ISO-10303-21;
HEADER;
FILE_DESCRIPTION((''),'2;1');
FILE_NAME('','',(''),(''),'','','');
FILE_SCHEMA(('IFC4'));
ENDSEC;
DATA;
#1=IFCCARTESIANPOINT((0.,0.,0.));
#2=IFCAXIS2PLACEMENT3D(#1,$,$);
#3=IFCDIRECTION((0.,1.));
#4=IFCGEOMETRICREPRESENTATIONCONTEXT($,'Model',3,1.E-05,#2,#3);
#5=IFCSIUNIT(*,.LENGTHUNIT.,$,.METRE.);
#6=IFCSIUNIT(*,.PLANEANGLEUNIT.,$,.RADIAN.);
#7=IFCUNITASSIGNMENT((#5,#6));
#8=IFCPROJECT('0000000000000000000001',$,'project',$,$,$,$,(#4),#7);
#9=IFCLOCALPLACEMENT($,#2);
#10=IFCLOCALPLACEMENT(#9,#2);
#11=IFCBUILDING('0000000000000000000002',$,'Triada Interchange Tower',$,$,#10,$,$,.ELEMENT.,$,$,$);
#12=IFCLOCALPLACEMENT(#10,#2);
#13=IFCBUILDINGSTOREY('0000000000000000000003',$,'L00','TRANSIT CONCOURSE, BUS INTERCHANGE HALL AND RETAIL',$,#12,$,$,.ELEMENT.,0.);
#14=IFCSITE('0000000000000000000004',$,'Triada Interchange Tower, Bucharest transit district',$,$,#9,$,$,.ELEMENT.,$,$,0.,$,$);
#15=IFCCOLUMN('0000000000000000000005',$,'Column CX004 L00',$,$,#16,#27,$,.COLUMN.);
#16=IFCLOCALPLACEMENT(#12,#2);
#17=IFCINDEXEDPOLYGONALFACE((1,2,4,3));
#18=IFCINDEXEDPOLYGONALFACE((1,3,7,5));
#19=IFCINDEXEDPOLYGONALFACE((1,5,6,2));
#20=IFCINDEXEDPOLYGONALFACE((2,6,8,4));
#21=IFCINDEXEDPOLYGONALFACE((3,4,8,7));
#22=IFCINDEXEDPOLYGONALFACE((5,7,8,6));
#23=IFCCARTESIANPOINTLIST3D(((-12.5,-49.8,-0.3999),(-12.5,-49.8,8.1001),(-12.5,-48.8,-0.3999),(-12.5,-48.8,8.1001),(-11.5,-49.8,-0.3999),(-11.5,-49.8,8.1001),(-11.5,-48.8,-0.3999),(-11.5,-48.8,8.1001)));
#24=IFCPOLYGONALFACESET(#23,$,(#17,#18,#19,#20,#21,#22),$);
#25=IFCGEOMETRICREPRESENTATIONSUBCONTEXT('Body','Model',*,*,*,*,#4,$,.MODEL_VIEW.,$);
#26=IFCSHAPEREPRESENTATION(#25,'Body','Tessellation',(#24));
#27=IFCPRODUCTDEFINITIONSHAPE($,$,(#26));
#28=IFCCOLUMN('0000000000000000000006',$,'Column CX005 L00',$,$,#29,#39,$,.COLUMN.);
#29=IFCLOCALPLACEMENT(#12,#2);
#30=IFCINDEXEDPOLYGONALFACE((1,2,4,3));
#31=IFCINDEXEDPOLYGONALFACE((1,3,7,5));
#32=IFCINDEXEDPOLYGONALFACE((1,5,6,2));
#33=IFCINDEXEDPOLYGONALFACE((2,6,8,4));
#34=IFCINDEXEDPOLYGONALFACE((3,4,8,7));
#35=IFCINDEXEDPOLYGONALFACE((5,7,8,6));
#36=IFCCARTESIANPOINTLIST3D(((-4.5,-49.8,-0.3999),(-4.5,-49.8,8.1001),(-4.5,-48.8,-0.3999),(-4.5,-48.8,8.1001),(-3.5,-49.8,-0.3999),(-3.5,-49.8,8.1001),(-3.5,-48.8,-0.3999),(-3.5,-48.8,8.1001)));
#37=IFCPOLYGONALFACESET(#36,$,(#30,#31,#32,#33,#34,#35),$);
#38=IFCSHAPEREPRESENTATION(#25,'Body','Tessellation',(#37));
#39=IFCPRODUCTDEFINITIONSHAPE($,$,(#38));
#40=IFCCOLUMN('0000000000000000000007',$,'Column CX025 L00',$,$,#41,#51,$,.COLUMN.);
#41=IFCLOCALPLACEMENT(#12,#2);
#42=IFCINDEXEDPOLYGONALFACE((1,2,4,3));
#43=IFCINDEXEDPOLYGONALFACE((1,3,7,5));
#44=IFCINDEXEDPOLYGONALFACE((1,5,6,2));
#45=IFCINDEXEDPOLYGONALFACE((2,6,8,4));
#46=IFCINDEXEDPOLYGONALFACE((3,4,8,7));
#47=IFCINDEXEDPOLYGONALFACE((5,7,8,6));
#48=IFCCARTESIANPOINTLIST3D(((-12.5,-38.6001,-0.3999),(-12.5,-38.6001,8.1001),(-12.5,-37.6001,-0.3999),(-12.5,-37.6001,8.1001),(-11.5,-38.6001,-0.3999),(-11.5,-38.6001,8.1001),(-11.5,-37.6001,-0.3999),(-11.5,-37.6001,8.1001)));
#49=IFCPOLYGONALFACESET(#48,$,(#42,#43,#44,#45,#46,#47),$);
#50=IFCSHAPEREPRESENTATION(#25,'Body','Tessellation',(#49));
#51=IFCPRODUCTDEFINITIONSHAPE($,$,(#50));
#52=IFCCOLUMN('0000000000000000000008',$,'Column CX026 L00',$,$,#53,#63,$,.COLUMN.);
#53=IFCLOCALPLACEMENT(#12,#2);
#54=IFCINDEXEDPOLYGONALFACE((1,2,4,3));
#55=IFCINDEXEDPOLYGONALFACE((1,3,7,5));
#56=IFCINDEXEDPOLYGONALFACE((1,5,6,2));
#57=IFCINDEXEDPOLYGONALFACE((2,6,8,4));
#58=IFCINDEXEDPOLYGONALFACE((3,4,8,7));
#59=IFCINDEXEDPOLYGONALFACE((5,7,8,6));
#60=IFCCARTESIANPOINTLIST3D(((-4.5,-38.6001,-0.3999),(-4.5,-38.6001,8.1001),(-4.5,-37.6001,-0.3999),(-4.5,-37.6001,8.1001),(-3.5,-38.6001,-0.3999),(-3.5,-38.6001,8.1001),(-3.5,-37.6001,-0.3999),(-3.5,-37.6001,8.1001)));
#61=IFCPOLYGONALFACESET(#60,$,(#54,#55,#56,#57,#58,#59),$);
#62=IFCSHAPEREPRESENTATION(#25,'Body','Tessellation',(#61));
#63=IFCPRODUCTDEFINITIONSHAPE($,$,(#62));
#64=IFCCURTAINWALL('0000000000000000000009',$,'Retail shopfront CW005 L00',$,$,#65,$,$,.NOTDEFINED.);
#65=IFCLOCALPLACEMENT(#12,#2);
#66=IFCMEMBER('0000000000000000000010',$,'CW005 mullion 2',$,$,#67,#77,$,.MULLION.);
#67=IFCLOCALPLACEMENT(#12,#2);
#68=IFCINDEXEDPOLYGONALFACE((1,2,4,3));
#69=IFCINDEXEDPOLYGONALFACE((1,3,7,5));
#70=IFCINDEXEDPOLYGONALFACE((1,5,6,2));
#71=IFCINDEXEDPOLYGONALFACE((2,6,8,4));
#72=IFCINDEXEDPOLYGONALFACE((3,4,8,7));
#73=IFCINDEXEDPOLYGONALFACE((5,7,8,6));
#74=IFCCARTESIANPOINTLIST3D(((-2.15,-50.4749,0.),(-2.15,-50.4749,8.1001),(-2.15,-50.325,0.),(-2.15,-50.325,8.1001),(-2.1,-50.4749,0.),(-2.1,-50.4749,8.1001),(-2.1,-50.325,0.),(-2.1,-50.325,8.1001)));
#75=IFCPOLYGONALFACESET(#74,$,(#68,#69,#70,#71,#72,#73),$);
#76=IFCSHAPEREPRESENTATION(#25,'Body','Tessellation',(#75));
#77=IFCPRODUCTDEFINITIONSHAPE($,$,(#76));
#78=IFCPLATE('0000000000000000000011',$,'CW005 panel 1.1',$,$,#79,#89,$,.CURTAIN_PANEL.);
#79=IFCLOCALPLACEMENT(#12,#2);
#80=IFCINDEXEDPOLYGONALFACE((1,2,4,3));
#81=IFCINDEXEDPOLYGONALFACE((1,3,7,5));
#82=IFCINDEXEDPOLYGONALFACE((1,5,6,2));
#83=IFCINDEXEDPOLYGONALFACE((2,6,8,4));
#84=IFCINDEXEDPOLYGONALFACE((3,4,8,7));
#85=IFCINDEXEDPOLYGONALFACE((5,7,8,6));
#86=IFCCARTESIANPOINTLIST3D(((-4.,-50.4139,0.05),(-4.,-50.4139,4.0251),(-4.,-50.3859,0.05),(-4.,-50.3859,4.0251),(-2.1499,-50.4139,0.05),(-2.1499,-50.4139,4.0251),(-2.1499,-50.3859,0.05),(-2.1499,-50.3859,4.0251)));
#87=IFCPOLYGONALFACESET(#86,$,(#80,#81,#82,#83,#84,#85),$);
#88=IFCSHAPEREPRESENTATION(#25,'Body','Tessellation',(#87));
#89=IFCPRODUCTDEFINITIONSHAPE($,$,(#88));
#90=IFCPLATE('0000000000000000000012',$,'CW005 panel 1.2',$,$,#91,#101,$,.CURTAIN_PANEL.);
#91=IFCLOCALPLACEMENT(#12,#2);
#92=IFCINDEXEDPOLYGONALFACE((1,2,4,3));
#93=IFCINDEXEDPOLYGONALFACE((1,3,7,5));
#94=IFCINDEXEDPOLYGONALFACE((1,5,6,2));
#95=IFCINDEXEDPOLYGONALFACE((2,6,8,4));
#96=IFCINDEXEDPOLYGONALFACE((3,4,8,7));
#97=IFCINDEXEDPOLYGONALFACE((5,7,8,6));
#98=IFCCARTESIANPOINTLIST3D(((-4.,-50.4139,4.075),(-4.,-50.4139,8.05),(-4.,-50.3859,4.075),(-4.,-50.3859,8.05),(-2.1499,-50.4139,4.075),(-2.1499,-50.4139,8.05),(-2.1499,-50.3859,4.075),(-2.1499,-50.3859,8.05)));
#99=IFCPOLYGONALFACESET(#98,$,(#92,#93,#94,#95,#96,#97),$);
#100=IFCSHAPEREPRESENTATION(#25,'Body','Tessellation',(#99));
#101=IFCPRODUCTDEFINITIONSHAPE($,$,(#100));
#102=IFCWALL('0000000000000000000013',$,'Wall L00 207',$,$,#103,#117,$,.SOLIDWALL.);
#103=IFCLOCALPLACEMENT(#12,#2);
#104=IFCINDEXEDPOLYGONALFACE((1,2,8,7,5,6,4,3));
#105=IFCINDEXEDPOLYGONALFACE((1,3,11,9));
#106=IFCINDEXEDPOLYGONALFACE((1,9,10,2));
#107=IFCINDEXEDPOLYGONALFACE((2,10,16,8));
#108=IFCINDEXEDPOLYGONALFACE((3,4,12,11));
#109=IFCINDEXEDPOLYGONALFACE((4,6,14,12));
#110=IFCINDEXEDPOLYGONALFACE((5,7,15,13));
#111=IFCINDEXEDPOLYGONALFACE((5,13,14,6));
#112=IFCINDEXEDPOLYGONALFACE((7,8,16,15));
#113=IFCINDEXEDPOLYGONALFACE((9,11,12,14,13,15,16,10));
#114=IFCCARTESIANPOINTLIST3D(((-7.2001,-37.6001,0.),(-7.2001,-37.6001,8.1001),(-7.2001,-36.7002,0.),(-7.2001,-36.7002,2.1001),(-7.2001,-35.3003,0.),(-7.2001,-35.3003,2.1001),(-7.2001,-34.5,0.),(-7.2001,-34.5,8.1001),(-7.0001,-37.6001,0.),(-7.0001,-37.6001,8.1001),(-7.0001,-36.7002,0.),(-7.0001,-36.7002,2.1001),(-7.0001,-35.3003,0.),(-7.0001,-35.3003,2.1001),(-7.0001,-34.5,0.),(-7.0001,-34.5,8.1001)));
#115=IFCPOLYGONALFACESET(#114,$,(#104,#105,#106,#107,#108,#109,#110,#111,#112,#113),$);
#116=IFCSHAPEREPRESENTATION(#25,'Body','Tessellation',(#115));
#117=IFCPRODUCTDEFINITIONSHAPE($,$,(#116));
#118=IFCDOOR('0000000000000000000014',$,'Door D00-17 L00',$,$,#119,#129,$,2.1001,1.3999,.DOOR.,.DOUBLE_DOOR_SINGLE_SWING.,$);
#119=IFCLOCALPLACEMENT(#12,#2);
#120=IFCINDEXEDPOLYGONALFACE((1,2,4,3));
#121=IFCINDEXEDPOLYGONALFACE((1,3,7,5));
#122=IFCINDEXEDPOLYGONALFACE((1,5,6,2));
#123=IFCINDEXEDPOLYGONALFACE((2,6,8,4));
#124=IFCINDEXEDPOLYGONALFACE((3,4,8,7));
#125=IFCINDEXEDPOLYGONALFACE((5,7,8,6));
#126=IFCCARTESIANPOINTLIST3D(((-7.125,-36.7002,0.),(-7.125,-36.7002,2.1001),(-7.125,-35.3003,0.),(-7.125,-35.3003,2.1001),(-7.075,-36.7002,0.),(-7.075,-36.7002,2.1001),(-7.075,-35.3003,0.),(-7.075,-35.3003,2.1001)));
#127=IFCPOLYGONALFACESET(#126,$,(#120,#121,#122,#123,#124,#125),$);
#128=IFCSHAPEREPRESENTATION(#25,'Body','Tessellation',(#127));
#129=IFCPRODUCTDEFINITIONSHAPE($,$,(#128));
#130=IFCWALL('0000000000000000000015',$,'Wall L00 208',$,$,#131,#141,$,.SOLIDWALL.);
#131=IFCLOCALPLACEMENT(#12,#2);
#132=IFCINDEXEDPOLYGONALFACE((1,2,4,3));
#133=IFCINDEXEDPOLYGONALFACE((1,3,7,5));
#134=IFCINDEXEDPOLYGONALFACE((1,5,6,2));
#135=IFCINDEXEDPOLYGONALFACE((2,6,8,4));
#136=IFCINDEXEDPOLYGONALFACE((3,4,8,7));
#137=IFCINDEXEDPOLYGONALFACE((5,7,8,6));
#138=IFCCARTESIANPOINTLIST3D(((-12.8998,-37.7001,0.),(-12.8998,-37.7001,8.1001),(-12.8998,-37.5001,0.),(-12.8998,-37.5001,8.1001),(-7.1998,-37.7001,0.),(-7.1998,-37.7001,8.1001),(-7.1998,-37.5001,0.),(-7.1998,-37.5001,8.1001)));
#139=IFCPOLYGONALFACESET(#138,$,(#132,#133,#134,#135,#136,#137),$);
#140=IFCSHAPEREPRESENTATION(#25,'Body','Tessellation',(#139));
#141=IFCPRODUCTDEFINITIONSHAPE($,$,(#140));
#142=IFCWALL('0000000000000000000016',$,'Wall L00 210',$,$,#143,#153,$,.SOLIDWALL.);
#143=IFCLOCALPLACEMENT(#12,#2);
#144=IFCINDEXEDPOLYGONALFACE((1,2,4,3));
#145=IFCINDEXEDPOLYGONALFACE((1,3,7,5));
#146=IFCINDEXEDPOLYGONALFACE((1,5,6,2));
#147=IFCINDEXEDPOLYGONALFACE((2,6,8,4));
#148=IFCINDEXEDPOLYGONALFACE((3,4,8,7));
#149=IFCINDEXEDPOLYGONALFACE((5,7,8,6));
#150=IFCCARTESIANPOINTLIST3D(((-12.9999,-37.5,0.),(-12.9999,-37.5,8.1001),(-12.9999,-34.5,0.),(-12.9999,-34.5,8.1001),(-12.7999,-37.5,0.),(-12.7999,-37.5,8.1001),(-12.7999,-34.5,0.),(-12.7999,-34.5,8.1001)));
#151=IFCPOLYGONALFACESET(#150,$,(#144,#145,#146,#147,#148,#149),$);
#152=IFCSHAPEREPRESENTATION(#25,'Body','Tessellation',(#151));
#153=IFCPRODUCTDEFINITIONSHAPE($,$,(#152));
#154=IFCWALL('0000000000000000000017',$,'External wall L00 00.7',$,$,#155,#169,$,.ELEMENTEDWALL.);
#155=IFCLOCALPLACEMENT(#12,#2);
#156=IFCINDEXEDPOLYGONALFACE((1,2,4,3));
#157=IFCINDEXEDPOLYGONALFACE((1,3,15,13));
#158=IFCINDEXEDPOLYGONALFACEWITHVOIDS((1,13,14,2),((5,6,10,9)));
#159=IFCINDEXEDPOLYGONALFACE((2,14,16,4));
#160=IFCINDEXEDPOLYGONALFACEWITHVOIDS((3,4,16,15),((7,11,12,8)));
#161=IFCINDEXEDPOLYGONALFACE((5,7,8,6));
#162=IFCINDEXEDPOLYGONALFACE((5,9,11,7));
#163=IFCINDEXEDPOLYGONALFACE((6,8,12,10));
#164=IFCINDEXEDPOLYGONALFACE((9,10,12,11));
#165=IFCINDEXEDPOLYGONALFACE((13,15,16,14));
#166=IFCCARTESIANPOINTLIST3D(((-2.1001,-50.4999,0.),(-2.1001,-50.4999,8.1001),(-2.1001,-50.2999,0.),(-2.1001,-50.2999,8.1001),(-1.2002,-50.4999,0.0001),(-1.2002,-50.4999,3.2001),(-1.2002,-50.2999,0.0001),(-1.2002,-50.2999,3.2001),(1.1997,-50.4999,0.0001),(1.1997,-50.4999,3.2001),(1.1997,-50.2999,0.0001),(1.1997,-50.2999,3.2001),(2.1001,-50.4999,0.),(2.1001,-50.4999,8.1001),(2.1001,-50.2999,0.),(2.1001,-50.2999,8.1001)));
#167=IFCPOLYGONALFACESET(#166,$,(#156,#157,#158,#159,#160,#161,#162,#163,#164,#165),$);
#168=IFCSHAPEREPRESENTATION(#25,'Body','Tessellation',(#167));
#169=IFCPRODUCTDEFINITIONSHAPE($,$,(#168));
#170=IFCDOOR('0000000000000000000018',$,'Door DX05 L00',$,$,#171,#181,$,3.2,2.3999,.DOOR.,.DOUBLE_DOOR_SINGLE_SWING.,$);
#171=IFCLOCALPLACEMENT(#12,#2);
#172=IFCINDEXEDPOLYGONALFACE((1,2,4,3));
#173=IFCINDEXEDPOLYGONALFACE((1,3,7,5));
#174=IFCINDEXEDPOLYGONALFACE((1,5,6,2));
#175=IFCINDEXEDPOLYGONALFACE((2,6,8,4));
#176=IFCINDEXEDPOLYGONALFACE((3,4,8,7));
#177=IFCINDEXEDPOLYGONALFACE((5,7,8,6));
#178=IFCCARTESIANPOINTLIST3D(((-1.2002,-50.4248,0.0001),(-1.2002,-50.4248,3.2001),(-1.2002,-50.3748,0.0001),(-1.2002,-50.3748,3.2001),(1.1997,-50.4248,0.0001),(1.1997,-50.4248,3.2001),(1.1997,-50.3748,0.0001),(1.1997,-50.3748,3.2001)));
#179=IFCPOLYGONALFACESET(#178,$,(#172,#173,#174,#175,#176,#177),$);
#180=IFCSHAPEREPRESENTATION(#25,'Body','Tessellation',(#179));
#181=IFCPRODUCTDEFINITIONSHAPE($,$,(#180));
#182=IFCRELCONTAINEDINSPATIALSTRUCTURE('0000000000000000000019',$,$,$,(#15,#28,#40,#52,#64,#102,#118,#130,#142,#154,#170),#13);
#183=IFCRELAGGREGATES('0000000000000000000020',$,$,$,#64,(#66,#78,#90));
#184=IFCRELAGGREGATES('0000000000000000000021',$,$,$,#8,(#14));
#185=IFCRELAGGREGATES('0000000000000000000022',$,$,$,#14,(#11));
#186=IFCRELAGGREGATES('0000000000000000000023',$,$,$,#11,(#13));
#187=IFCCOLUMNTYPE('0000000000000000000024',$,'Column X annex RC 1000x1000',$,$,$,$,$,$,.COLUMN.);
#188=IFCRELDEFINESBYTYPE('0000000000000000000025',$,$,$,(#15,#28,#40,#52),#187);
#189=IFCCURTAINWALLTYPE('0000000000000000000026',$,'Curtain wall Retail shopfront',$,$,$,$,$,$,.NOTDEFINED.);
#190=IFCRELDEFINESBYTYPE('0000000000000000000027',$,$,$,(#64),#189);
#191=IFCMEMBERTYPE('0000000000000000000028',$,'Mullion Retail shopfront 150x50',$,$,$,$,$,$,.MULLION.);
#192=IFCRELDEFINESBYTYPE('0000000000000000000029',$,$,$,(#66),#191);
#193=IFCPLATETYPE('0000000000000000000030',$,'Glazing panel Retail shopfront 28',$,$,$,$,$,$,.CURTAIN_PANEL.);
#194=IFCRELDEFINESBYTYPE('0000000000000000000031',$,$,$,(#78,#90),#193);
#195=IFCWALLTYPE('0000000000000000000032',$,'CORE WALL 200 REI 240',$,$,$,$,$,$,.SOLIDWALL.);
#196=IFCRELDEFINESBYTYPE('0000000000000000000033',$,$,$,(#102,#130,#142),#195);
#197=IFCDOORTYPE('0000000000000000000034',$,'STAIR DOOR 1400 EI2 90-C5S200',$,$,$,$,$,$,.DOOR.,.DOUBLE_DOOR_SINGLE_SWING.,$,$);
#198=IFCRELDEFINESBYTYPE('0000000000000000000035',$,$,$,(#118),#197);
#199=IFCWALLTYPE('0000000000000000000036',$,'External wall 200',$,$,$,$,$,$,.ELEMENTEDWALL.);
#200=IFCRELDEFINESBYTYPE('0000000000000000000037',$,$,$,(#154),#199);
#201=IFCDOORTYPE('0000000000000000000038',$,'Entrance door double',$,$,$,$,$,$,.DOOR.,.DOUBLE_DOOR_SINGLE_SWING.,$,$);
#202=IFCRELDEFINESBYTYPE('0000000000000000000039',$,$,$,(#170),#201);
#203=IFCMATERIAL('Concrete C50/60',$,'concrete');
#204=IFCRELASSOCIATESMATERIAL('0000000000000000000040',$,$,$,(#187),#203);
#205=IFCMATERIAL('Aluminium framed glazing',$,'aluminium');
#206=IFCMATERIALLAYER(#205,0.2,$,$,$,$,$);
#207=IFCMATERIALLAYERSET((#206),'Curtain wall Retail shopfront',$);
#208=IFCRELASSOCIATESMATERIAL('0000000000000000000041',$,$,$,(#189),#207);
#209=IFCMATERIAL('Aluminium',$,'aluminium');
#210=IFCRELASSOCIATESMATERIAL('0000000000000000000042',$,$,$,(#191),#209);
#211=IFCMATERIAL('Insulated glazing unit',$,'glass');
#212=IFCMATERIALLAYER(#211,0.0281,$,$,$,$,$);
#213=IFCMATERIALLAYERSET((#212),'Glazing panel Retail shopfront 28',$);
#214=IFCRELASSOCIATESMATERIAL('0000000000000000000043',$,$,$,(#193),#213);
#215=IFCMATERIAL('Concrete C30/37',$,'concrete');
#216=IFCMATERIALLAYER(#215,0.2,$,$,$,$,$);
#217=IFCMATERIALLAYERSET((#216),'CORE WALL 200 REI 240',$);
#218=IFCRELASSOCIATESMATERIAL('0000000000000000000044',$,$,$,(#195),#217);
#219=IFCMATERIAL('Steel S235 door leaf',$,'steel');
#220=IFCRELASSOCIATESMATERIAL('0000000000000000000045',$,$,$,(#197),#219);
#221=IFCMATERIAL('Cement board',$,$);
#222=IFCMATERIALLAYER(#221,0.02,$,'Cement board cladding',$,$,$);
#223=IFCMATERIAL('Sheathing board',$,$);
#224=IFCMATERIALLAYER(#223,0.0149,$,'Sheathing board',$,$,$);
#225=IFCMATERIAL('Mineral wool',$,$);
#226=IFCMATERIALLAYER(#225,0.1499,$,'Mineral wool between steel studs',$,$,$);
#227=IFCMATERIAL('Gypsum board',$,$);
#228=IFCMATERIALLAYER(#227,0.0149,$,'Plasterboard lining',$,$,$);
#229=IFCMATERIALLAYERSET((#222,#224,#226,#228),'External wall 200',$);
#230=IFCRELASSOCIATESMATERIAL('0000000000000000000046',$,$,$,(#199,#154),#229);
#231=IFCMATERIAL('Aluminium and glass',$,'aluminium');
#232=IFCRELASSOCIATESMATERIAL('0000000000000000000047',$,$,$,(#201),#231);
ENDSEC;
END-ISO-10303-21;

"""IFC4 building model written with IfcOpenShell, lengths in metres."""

from ifc_helpers import new_model, si_unit, direction, frame, frame_2d, origin, origin_2d, place, context, subcontext, project, spatial, rectangle, extrude, material, layer, layer_set, layer_usage, material_profile, profile_set, type_object, element, fill, aggregate, save


model = new_model("IFC4")

# Units and contexts
model_context = context("Model", 3, precision=1e-05, world=origin(), true_north=direction((0.0, 1.0)))
body_context = subcontext(model_context, "Body", "Model", "MODEL_VIEW")
ifc_project = project(units=[si_unit("LENGTHUNIT", "METRE"), si_unit("PLANEANGLEUNIT", "RADIAN")], contexts=[model_context])

# Site, building, storey
site_placement = place(None, origin())
site = spatial("IfcSite", under=ifc_project, at=site_placement, Name="Triada Interchange Tower, Bucharest transit district", CompositionType="ELEMENT", RefElevation=0.0)
building_placement = place(site_placement, origin())
building = spatial("IfcBuilding", under=site, at=building_placement, Name="Triada Interchange Tower", CompositionType="ELEMENT")
storey_placement = place(building_placement, origin())
storey = spatial("IfcBuildingStorey", under=building, at=storey_placement, Name="L00", Description="TRANSIT CONCOURSE, BUS INTERCHANGE HALL AND RETAIL", CompositionType="ELEMENT", Elevation=0.0)

# Columns
ifc_material_1 = material(Name="Concrete C50/60", Category="concrete")
ifc_material_profile_1 = material_profile(ifc_material_1, rectangle(XDim=1.0, YDim=1.0, at=origin_2d()), Name="RC 1000x1000")
ifc_profile_set_1 = profile_set([ifc_material_profile_1], Name="Concrete C50/60")
column_type = type_object("IfcColumnType", Name="Column X annex RC 1000x1000", PredefinedType="COLUMN", material=ifc_profile_set_1)
for number, where, z_axis, x_axis, name in (
    (1, (-12.0, -49.3, -0.3999), (0.0, 0.0, 1.0), (1.0, 0.0, 0.0), "Column CX004 L00"),
    (2, (-4.0, -49.3, -0.3999), (0.0, 0.0, 1.0), (1.0, 0.0, 0.0), "Column CX005 L00"),
    (3, (-12.0, -38.1001, -0.3999), (0.0, 0.0, 1.0), (1.0, 0.0, 0.0), "Column CX025 L00"),
    (4, (-4.0, -38.1001, -0.3999), (0.0, 0.0, 1.0), (1.0, 0.0, 0.0), "Column CX026 L00"),
):
    element("IfcColumn", number, at=place(storey_placement, frame(where, z_axis=z_axis, x_axis=x_axis)), inside=storey, type_object=column_type, Name=name, PredefinedType="COLUMN", context=body_context, shape_type="SweptSolid", body=[
        extrude(rectangle(XDim=1.0, YDim=1.0, at=origin_2d()), origin(), (0.0, 0.0, 1.0), 8.5),
    ])

# Curtain wall, member, plates
ifc_material_2 = material(Name="Aluminium framed glazing", Category="aluminium")
ifc_layer_1 = layer(ifc_material_2, 0.2)
ifc_layer_set_1 = layer_set([ifc_layer_1], Name="Curtain wall Retail shopfront")
curtain_wall_type = type_object("IfcCurtainWallType", Name="Curtain wall Retail shopfront", PredefinedType="NOTDEFINED", material=ifc_layer_set_1)
curtain_wall_placement = place(storey_placement, origin())
curtain_wall = element("IfcCurtainWall", 5, at=curtain_wall_placement, inside=storey, type_object=curtain_wall_type, Name="Retail shopfront CW005 L00", PredefinedType="NOTDEFINED")
ifc_material_3 = material(Name="Aluminium", Category="aluminium")
ifc_material_profile_2 = material_profile(ifc_material_3, rectangle(XDim=0.1499, YDim=0.05, at=origin_2d()), Name="Aluminium mullion")
ifc_profile_set_2 = profile_set([ifc_material_profile_2], Name="Aluminium")
member_type = type_object("IfcMemberType", Name="Mullion Retail shopfront 150x50", PredefinedType="MULLION", material=ifc_profile_set_2)
member_placement = place(storey_placement, frame((-2.125, -50.3999, 0.0), z_axis=(0.0, 0.0, 1.0), x_axis=(0.0, 1.0, 0.0)))
member = element("IfcMember", 6, at=member_placement, type_object=member_type, Name="CW005 mullion 2", PredefinedType="MULLION", context=body_context, shape_type="SweptSolid", body=[
    extrude(rectangle(XDim=0.1499, YDim=0.05, at=origin_2d()), origin(), (0.0, 0.0, 1.0), 8.1001),
])
ifc_material_4 = material(Name="Insulated glazing unit", Category="glass")
ifc_layer_2 = layer(ifc_material_4, 0.0281)
ifc_layer_set_2 = layer_set([ifc_layer_2], Name="Glazing panel Retail shopfront 28")
plate_type = type_object("IfcPlateType", Name="Glazing panel Retail shopfront 28", PredefinedType="CURTAIN_PANEL", material=ifc_layer_set_2)
plate_1_placement = place(storey_placement, frame((-3.075, -50.3999, 0.05), z_axis=(0.0, 0.0, 1.0), x_axis=(1.0, 0.0, 0.0)))
plate_1 = element("IfcPlate", 7, at=plate_1_placement, type_object=plate_type, Name="CW005 panel 1.1", PredefinedType="CURTAIN_PANEL", context=body_context, shape_type="SweptSolid", body=[
    extrude(rectangle(XDim=1.8501, YDim=0.0281, at=origin_2d()), origin(), (0.0, 0.0, 1.0), 3.9751),
])
plate_2_placement = place(storey_placement, frame((-3.075, -50.3999, 4.075), z_axis=(0.0, 0.0, 1.0), x_axis=(1.0, 0.0, 0.0)))
plate_2 = element("IfcPlate", 8, at=plate_2_placement, type_object=plate_type, Name="CW005 panel 1.2", PredefinedType="CURTAIN_PANEL", context=body_context, shape_type="SweptSolid", body=[
    extrude(rectangle(XDim=1.8501, YDim=0.0281, at=origin_2d()), origin(), (0.0, 0.0, 1.0), 3.9751),
])
aggregate(curtain_wall, [member, plate_1, plate_2])

# Wall, opening, door
ifc_material_5 = material(Name="Concrete C30/37", Category="concrete")
ifc_layer_3 = layer(ifc_material_5, 0.2)
ifc_layer_set_3 = layer_set([ifc_layer_3], Name="CORE WALL 200 REI 240")
wall_type_1 = type_object("IfcWallType", Name="CORE WALL 200 REI 240", PredefinedType="SOLIDWALL", material=ifc_layer_set_3)
wall_1_placement = place(storey_placement, frame((-7.1001, -37.6001, 0.0), z_axis=(0.0, 0.0, 1.0), x_axis=(0.0, 1.0, 0.0)))
wall_1 = element("IfcWall", 9, at=wall_1_placement, inside=storey, type_object=wall_type_1, Name="Wall L00 207", PredefinedType="SOLIDWALL", context=body_context, shape_type="SweptSolid", body=[
    extrude(rectangle(XDim=3.1001, YDim=0.2, at=frame_2d((1.55, 0.0))), origin(), (0.0, 0.0, 1.0), 8.1001),
])
opening_1_placement = place(wall_1_placement, frame((0.8999, 0.0, 0.0)))
opening_1 = element("IfcOpeningElement", 10, at=opening_1_placement, cuts=wall_1, PredefinedType="OPENING", context=body_context, shape_type="SweptSolid", body=[
    extrude(rectangle(XDim=1.3999, YDim=2.1001, at=frame_2d((0.7, 1.05))), frame((0.0, 0.1099, 0.0), z_axis=(0.0, -1.0, 0.0), x_axis=(1.0, 0.0, 0.0)), (0.0, 0.0, 1.0), 0.22),
])
ifc_material_6 = material(Name="Steel S235 door leaf", Category="steel")
door_type_1 = type_object("IfcDoorType", Name="STAIR DOOR 1400 EI2 90-C5S200", OperationType="DOUBLE_DOOR_SINGLE_SWING", PredefinedType="DOOR", material=ifc_material_6)
door_1_placement = place(opening_1_placement, origin())
door_1 = element("IfcDoor", 11, at=door_1_placement, inside=storey, type_object=door_type_1, Name="Door D00-17 L00", OperationType="DOUBLE_DOOR_SINGLE_SWING", OverallHeight=2.1001, OverallWidth=1.3999, PredefinedType="DOOR", context=body_context, shape_type="SweptSolid", body=[
    extrude(rectangle(XDim=1.3999, YDim=2.1001, at=frame_2d((0.7, 1.05))), frame((0.0, 0.0249, 0.0), z_axis=(0.0, -1.0, 0.0), x_axis=(1.0, 0.0, 0.0)), (0.0, 0.0, 1.0), 0.05),
])
fill(opening_1, door_1)

# Walls
wall_2_placement = place(storey_placement, frame((-12.8999, -37.6001, 0.0), z_axis=(0.0, 0.0, 1.0), x_axis=(1.0, 0.0, 0.0)))
element("IfcWall", 12, at=wall_2_placement, inside=storey, type_object=wall_type_1, Name="Wall L00 208", PredefinedType="SOLIDWALL", context=body_context, shape_type="SweptSolid", body=[
    extrude(rectangle(XDim=5.7, YDim=0.2, at=frame_2d((2.8501, 0.0))), origin(), (0.0, 0.0, 1.0), 8.1001),
])
wall_3_placement = place(storey_placement, frame((-12.8999, -37.5, 0.0), z_axis=(0.0, 0.0, 1.0), x_axis=(0.0, 1.0, 0.0)))
element("IfcWall", 13, at=wall_3_placement, inside=storey, type_object=wall_type_1, Name="Wall L00 210", PredefinedType="SOLIDWALL", context=body_context, shape_type="SweptSolid", body=[
    extrude(rectangle(XDim=3.0, YDim=0.2, at=frame_2d((1.5, 0.0))), origin(), (0.0, 0.0, 1.0), 8.1001),
])

# Wall, opening, door
ifc_material_7 = material(Name="Cement board")
ifc_layer_4 = layer(ifc_material_7, 0.02, Name="Cement board cladding")
ifc_material_8 = material(Name="Sheathing board")
ifc_layer_5 = layer(ifc_material_8, 0.0149, Name="Sheathing board")
ifc_material_9 = material(Name="Mineral wool")
ifc_layer_6 = layer(ifc_material_9, 0.1499, Name="Mineral wool between steel studs")
ifc_material_10 = material(Name="Gypsum board")
ifc_layer_7 = layer(ifc_material_10, 0.0149, Name="Plasterboard lining")
ifc_layer_set_4 = layer_set([ifc_layer_4, ifc_layer_5, ifc_layer_6, ifc_layer_7], Name="External wall 200")
ifc_layer_usage = layer_usage(ifc_layer_set_4, "AXIS2", "POSITIVE", -0.1001)
wall_type_2 = type_object("IfcWallType", Name="External wall 200", PredefinedType="ELEMENTEDWALL", material=ifc_layer_set_4)
wall_4_placement = place(storey_placement, frame((-2.1001, -50.3999, 0.0), z_axis=(0.0, 0.0, 1.0), x_axis=(1.0, 0.0, 0.0)))
wall_4 = element("IfcWall", 14, at=wall_4_placement, inside=storey, type_object=wall_type_2, material=ifc_layer_usage, Name="External wall L00 00.7", PredefinedType="ELEMENTEDWALL", context=body_context, shape_type="SweptSolid", body=[
    extrude(rectangle(XDim=4.2002, YDim=0.2, at=frame_2d((2.1001, 0.0))), origin(), (0.0, 0.0, 1.0), 8.1001),
])
opening_2_placement = place(wall_4_placement, frame((0.8999, 0.0, 0.0)))
opening_2 = element("IfcOpeningElement", 15, at=opening_2_placement, cuts=wall_4, PredefinedType="OPENING", context=body_context, shape_type="SweptSolid", body=[
    extrude(rectangle(XDim=2.3999, YDim=3.2, at=frame_2d((1.2, 1.6001))), frame((0.0, 0.1099, 0.0), z_axis=(0.0, -1.0, 0.0), x_axis=(1.0, 0.0, 0.0)), (0.0, 0.0, 1.0), 0.22),
])
ifc_material_11 = material(Name="Aluminium and glass", Category="aluminium")
door_type_2 = type_object("IfcDoorType", Name="Entrance door double", OperationType="DOUBLE_DOOR_SINGLE_SWING", PredefinedType="DOOR", material=ifc_material_11)
door_2_placement = place(opening_2_placement, frame((2.3999, 0.0, 0.0), z_axis=(0.0, 0.0, 1.0), x_axis=(-1.0, 0.0, 0.0)))
door_2 = element("IfcDoor", 16, at=door_2_placement, inside=storey, type_object=door_type_2, Name="Door DX05 L00", OperationType="DOUBLE_DOOR_SINGLE_SWING", OverallHeight=3.2, OverallWidth=2.3999, PredefinedType="DOOR", context=body_context, shape_type="SweptSolid", body=[
    extrude(rectangle(XDim=2.3999, YDim=3.2, at=frame_2d((1.2, 1.6001))), frame((0.0, 0.0249, 0.0), z_axis=(0.0, -1.0, 0.0), x_axis=(1.0, 0.0, 0.0)), (0.0, 0.0, 1.0), 0.05),
])
fill(opening_2, door_2)

save(model, "model.ifc")
